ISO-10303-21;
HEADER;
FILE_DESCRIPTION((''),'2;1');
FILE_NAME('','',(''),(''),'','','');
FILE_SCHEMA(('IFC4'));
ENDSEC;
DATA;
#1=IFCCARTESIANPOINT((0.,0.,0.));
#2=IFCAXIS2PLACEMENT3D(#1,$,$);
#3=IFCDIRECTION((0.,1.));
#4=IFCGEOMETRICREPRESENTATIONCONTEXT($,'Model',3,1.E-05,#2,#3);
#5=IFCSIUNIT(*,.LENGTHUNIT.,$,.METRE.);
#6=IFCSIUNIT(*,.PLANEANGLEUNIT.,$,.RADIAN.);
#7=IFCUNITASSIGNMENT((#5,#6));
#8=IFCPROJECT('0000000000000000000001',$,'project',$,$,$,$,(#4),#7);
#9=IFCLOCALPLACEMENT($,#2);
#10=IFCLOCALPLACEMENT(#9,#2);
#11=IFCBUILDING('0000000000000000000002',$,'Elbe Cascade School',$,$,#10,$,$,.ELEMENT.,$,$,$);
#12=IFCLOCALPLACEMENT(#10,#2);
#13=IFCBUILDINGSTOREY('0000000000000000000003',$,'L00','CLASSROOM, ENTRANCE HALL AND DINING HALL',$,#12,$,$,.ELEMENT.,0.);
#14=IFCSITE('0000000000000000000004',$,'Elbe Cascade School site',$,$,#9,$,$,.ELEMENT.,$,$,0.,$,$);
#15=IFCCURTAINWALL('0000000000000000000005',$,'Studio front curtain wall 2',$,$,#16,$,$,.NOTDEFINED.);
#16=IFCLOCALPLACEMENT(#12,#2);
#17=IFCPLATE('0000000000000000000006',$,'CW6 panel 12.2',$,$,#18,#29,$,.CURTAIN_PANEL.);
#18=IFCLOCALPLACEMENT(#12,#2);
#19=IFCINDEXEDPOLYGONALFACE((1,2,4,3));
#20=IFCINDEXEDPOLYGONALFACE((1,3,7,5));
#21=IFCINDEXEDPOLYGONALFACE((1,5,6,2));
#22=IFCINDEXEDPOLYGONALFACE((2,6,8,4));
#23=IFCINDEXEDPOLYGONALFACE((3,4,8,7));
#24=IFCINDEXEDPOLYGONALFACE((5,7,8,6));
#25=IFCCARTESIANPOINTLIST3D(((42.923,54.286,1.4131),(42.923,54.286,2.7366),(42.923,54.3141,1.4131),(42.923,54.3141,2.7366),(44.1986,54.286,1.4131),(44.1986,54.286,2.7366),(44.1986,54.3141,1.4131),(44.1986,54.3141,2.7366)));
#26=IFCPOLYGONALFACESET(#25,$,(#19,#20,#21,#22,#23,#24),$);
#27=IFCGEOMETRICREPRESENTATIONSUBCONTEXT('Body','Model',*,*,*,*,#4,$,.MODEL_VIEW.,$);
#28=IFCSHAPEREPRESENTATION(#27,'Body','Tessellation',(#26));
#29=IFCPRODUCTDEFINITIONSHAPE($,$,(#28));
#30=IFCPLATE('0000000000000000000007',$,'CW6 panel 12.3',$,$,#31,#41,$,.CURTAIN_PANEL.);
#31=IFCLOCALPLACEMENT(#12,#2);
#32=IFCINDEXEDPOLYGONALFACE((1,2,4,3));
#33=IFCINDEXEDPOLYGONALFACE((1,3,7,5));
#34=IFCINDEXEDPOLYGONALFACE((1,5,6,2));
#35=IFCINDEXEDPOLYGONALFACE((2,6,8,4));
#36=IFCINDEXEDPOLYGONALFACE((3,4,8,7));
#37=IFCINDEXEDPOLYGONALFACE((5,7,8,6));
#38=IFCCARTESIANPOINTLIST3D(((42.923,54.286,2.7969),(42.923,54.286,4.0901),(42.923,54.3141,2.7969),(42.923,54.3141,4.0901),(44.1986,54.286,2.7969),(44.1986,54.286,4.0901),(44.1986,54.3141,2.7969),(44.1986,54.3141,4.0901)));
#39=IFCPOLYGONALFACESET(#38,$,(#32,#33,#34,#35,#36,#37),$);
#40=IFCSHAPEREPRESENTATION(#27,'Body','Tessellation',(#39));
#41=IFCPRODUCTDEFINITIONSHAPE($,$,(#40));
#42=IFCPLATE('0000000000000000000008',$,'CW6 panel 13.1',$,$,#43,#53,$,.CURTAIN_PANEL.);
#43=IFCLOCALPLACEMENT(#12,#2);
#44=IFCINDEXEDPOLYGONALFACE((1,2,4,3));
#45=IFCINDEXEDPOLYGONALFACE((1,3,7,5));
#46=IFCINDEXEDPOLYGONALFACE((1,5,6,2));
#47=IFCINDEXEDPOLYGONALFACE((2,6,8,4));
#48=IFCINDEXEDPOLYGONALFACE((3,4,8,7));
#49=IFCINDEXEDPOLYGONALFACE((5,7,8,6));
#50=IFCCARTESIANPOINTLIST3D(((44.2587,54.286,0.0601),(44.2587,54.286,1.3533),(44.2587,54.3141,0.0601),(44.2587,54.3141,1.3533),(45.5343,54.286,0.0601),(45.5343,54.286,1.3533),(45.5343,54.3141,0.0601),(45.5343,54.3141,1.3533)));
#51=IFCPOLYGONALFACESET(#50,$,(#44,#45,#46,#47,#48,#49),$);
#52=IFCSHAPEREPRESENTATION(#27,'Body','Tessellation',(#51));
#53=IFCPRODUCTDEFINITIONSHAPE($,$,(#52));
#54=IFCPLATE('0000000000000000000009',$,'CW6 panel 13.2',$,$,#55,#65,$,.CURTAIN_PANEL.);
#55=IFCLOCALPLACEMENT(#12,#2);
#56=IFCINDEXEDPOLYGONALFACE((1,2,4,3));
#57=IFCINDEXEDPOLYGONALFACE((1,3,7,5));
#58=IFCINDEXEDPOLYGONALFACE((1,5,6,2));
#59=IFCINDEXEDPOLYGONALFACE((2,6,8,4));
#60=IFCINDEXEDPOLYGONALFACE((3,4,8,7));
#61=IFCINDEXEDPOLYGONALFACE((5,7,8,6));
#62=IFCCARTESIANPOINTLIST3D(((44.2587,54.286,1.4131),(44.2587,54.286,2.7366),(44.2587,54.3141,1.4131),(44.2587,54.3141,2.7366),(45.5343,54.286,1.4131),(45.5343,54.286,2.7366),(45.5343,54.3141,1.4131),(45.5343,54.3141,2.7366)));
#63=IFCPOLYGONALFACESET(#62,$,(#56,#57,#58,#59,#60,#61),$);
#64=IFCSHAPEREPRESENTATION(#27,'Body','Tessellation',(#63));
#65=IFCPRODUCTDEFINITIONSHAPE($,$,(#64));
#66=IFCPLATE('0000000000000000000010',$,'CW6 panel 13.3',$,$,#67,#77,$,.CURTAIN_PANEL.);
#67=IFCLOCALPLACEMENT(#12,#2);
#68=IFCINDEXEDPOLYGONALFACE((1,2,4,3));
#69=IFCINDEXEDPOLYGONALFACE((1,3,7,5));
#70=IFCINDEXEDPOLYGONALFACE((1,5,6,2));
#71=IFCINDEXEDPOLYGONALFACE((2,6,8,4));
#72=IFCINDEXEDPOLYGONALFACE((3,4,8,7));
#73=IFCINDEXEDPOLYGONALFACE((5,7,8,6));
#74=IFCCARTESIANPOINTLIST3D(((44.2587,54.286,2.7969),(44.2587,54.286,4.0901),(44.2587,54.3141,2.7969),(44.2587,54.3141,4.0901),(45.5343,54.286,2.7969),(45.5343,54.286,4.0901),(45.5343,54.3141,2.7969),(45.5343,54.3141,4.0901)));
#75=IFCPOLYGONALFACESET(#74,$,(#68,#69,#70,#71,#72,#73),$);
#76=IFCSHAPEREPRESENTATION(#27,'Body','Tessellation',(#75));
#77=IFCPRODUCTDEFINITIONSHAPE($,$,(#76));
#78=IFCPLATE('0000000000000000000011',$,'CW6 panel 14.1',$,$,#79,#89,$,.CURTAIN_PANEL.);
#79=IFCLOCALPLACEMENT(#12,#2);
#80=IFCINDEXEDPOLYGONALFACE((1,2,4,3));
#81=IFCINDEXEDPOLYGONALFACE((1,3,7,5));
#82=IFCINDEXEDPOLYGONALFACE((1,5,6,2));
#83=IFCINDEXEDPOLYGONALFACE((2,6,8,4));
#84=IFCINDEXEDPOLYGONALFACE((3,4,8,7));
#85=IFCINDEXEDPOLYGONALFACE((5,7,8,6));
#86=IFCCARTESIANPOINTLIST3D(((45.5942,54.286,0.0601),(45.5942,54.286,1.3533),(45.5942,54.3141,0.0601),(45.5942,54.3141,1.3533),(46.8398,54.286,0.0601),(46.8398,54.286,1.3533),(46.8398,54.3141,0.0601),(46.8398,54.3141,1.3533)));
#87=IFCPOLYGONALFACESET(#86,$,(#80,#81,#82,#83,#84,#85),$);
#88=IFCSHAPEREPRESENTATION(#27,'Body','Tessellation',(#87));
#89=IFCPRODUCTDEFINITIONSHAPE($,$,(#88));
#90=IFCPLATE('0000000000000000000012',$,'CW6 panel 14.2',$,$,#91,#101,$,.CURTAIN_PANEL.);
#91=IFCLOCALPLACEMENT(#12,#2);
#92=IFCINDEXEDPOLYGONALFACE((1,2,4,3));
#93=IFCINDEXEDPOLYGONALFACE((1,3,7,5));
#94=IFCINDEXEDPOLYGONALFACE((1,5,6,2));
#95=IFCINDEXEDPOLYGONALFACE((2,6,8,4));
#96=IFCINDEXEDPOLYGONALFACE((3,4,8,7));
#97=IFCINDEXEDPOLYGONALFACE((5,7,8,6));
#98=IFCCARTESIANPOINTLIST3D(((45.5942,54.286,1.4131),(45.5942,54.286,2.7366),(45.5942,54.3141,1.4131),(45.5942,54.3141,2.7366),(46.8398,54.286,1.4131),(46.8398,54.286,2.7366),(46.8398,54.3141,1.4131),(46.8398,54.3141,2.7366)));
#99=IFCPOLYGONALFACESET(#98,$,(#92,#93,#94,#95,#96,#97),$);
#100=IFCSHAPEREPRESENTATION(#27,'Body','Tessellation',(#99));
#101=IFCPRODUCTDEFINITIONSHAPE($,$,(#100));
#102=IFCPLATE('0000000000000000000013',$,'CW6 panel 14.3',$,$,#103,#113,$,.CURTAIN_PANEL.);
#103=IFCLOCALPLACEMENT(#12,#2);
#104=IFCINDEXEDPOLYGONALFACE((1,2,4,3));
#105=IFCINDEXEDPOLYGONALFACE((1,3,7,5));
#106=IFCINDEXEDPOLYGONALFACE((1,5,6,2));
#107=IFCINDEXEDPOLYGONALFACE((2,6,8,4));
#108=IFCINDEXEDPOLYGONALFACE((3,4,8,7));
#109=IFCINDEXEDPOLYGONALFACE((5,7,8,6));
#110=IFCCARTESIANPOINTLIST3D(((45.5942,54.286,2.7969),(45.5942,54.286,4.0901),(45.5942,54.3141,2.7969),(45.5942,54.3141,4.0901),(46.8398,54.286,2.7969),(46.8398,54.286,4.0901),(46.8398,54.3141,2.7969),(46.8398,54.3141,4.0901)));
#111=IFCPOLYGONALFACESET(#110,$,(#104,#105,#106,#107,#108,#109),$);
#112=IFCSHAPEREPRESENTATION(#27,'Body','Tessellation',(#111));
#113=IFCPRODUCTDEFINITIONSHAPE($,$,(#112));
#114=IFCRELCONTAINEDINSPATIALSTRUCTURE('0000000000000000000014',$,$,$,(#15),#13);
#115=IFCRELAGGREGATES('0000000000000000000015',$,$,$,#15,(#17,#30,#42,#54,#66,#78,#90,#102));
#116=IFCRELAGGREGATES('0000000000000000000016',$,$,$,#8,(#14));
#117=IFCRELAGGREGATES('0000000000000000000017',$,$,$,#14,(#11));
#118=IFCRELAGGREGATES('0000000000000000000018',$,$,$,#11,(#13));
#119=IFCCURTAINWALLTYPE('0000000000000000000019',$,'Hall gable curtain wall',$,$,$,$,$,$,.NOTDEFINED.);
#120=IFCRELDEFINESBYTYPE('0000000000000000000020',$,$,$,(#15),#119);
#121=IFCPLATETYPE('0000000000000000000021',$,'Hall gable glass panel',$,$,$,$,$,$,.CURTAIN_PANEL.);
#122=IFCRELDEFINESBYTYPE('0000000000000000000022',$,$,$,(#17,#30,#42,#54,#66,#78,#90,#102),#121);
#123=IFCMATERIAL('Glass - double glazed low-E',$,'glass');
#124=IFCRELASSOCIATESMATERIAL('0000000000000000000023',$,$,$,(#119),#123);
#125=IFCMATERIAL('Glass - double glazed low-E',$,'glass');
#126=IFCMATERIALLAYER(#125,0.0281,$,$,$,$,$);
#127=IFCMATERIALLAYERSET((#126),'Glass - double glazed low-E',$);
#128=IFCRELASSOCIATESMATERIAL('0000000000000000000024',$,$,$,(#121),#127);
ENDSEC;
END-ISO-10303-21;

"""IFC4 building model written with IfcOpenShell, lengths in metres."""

from ifc_helpers import new_model, si_unit, direction, frame, origin, origin_2d, place, context, subcontext, project, spatial, rectangle, extrude, material, layer, layer_set, type_object, element, aggregate, save


model = new_model("IFC4")

# Units and contexts
model_context = context("Model", 3, precision=1e-05, world=origin(), true_north=direction((0.0, 1.0)))
body_context = subcontext(model_context, "Body", "Model", "MODEL_VIEW")
ifc_project = project(units=[si_unit("LENGTHUNIT", "METRE"), si_unit("PLANEANGLEUNIT", "RADIAN")], contexts=[model_context])

# Site, building, storey
site_placement = place(None, origin())
site = spatial("IfcSite", under=ifc_project, at=site_placement, Name="Elbe Cascade School site", CompositionType="ELEMENT", RefElevation=0.0)
building_placement = place(site_placement, origin())
building = spatial("IfcBuilding", under=site, at=building_placement, Name="Elbe Cascade School", CompositionType="ELEMENT")
storey_placement = place(building_placement, origin())
storey = spatial("IfcBuildingStorey", under=building, at=storey_placement, Name="L00", Description="CLASSROOM, ENTRANCE HALL AND DINING HALL", CompositionType="ELEMENT", Elevation=0.0)

# Curtain wall, plates
ifc_material_1 = material(Name="Glass - double glazed low-E", Category="glass")
curtain_wall_type = type_object("IfcCurtainWallType", Name="Hall gable curtain wall", PredefinedType="NOTDEFINED", material=ifc_material_1)
curtain_wall_placement = place(storey_placement, origin())
curtain_wall = element("IfcCurtainWall", 1, at=curtain_wall_placement, inside=storey, type_object=curtain_wall_type, Name="Studio front curtain wall 2", PredefinedType="NOTDEFINED")
ifc_material_2 = material(Name="Glass - double glazed low-E", Category="glass")
ifc_layer = layer(ifc_material_2, 0.0281)
ifc_layer_set = layer_set([ifc_layer], Name="Glass - double glazed low-E")
plate_type = type_object("IfcPlateType", Name="Hall gable glass panel", PredefinedType="CURTAIN_PANEL", material=ifc_layer_set)
plate_1_placement = place(storey_placement, frame((43.5608, 54.3, 1.4131), z_axis=(0.0, 0.0, 1.0), x_axis=(1.0, 0.0, 0.0)))
plate_1 = element("IfcPlate", 2, at=plate_1_placement, type_object=plate_type, Name="CW6 panel 12.2", PredefinedType="CURTAIN_PANEL", context=body_context, shape_type="SweptSolid", body=[
    extrude(rectangle(XDim=1.2756, YDim=0.0281, at=origin_2d()), origin(), (0.0, 0.0, 1.0), 1.3235),
])
plate_2_placement = place(storey_placement, frame((43.5608, 54.3, 2.7969), z_axis=(0.0, 0.0, 1.0), x_axis=(1.0, 0.0, 0.0)))
plate_2 = element("IfcPlate", 3, at=plate_2_placement, type_object=plate_type, Name="CW6 panel 12.3", PredefinedType="CURTAIN_PANEL", context=body_context, shape_type="SweptSolid", body=[
    extrude(rectangle(XDim=1.2756, YDim=0.0281, at=origin_2d()), origin(), (0.0, 0.0, 1.0), 1.2932),
])
plate_3_placement = place(storey_placement, frame((44.8965, 54.3, 0.0601), z_axis=(0.0, 0.0, 1.0), x_axis=(1.0, 0.0, 0.0)))
plate_3 = element("IfcPlate", 4, at=plate_3_placement, type_object=plate_type, Name="CW6 panel 13.1", PredefinedType="CURTAIN_PANEL", context=body_context, shape_type="SweptSolid", body=[
    extrude(rectangle(XDim=1.2756, YDim=0.0281, at=origin_2d()), origin(), (0.0, 0.0, 1.0), 1.2932),
])
plate_4_placement = place(storey_placement, frame((44.8965, 54.3, 1.4131), z_axis=(0.0, 0.0, 1.0), x_axis=(1.0, 0.0, 0.0)))
plate_4 = element("IfcPlate", 5, at=plate_4_placement, type_object=plate_type, Name="CW6 panel 13.2", PredefinedType="CURTAIN_PANEL", context=body_context, shape_type="SweptSolid", body=[
    extrude(rectangle(XDim=1.2756, YDim=0.0281, at=origin_2d()), origin(), (0.0, 0.0, 1.0), 1.3235),
])
plate_5_placement = place(storey_placement, frame((44.8965, 54.3, 2.7969), z_axis=(0.0, 0.0, 1.0), x_axis=(1.0, 0.0, 0.0)))
plate_5 = element("IfcPlate", 6, at=plate_5_placement, type_object=plate_type, Name="CW6 panel 13.3", PredefinedType="CURTAIN_PANEL", context=body_context, shape_type="SweptSolid", body=[
    extrude(rectangle(XDim=1.2756, YDim=0.0281, at=origin_2d()), origin(), (0.0, 0.0, 1.0), 1.2932),
])
plate_6_placement = place(storey_placement, frame((46.217, 54.3, 0.0601), z_axis=(0.0, 0.0, 1.0), x_axis=(1.0, 0.0, 0.0)))
plate_6 = element("IfcPlate", 7, at=plate_6_placement, type_object=plate_type, Name="CW6 panel 14.1", PredefinedType="CURTAIN_PANEL", context=body_context, shape_type="SweptSolid", body=[
    extrude(rectangle(XDim=1.2456, YDim=0.0281, at=origin_2d()), origin(), (0.0, 0.0, 1.0), 1.2932),
])
plate_7_placement = place(storey_placement, frame((46.217, 54.3, 1.4131), z_axis=(0.0, 0.0, 1.0), x_axis=(1.0, 0.0, 0.0)))
plate_7 = element("IfcPlate", 8, at=plate_7_placement, type_object=plate_type, Name="CW6 panel 14.2", PredefinedType="CURTAIN_PANEL", context=body_context, shape_type="SweptSolid", body=[
    extrude(rectangle(XDim=1.2456, YDim=0.0281, at=origin_2d()), origin(), (0.0, 0.0, 1.0), 1.3235),
])
plate_8_placement = place(storey_placement, frame((46.217, 54.3, 2.7969), z_axis=(0.0, 0.0, 1.0), x_axis=(1.0, 0.0, 0.0)))
plate_8 = element("IfcPlate", 9, at=plate_8_placement, type_object=plate_type, Name="CW6 panel 14.3", PredefinedType="CURTAIN_PANEL", context=body_context, shape_type="SweptSolid", body=[
    extrude(rectangle(XDim=1.2456, YDim=0.0281, at=origin_2d()), origin(), (0.0, 0.0, 1.0), 1.2932),
])
aggregate(curtain_wall, [plate_1, plate_2, plate_3, plate_4, plate_5, plate_6, plate_7, plate_8])

save(model, "model.ifc")
